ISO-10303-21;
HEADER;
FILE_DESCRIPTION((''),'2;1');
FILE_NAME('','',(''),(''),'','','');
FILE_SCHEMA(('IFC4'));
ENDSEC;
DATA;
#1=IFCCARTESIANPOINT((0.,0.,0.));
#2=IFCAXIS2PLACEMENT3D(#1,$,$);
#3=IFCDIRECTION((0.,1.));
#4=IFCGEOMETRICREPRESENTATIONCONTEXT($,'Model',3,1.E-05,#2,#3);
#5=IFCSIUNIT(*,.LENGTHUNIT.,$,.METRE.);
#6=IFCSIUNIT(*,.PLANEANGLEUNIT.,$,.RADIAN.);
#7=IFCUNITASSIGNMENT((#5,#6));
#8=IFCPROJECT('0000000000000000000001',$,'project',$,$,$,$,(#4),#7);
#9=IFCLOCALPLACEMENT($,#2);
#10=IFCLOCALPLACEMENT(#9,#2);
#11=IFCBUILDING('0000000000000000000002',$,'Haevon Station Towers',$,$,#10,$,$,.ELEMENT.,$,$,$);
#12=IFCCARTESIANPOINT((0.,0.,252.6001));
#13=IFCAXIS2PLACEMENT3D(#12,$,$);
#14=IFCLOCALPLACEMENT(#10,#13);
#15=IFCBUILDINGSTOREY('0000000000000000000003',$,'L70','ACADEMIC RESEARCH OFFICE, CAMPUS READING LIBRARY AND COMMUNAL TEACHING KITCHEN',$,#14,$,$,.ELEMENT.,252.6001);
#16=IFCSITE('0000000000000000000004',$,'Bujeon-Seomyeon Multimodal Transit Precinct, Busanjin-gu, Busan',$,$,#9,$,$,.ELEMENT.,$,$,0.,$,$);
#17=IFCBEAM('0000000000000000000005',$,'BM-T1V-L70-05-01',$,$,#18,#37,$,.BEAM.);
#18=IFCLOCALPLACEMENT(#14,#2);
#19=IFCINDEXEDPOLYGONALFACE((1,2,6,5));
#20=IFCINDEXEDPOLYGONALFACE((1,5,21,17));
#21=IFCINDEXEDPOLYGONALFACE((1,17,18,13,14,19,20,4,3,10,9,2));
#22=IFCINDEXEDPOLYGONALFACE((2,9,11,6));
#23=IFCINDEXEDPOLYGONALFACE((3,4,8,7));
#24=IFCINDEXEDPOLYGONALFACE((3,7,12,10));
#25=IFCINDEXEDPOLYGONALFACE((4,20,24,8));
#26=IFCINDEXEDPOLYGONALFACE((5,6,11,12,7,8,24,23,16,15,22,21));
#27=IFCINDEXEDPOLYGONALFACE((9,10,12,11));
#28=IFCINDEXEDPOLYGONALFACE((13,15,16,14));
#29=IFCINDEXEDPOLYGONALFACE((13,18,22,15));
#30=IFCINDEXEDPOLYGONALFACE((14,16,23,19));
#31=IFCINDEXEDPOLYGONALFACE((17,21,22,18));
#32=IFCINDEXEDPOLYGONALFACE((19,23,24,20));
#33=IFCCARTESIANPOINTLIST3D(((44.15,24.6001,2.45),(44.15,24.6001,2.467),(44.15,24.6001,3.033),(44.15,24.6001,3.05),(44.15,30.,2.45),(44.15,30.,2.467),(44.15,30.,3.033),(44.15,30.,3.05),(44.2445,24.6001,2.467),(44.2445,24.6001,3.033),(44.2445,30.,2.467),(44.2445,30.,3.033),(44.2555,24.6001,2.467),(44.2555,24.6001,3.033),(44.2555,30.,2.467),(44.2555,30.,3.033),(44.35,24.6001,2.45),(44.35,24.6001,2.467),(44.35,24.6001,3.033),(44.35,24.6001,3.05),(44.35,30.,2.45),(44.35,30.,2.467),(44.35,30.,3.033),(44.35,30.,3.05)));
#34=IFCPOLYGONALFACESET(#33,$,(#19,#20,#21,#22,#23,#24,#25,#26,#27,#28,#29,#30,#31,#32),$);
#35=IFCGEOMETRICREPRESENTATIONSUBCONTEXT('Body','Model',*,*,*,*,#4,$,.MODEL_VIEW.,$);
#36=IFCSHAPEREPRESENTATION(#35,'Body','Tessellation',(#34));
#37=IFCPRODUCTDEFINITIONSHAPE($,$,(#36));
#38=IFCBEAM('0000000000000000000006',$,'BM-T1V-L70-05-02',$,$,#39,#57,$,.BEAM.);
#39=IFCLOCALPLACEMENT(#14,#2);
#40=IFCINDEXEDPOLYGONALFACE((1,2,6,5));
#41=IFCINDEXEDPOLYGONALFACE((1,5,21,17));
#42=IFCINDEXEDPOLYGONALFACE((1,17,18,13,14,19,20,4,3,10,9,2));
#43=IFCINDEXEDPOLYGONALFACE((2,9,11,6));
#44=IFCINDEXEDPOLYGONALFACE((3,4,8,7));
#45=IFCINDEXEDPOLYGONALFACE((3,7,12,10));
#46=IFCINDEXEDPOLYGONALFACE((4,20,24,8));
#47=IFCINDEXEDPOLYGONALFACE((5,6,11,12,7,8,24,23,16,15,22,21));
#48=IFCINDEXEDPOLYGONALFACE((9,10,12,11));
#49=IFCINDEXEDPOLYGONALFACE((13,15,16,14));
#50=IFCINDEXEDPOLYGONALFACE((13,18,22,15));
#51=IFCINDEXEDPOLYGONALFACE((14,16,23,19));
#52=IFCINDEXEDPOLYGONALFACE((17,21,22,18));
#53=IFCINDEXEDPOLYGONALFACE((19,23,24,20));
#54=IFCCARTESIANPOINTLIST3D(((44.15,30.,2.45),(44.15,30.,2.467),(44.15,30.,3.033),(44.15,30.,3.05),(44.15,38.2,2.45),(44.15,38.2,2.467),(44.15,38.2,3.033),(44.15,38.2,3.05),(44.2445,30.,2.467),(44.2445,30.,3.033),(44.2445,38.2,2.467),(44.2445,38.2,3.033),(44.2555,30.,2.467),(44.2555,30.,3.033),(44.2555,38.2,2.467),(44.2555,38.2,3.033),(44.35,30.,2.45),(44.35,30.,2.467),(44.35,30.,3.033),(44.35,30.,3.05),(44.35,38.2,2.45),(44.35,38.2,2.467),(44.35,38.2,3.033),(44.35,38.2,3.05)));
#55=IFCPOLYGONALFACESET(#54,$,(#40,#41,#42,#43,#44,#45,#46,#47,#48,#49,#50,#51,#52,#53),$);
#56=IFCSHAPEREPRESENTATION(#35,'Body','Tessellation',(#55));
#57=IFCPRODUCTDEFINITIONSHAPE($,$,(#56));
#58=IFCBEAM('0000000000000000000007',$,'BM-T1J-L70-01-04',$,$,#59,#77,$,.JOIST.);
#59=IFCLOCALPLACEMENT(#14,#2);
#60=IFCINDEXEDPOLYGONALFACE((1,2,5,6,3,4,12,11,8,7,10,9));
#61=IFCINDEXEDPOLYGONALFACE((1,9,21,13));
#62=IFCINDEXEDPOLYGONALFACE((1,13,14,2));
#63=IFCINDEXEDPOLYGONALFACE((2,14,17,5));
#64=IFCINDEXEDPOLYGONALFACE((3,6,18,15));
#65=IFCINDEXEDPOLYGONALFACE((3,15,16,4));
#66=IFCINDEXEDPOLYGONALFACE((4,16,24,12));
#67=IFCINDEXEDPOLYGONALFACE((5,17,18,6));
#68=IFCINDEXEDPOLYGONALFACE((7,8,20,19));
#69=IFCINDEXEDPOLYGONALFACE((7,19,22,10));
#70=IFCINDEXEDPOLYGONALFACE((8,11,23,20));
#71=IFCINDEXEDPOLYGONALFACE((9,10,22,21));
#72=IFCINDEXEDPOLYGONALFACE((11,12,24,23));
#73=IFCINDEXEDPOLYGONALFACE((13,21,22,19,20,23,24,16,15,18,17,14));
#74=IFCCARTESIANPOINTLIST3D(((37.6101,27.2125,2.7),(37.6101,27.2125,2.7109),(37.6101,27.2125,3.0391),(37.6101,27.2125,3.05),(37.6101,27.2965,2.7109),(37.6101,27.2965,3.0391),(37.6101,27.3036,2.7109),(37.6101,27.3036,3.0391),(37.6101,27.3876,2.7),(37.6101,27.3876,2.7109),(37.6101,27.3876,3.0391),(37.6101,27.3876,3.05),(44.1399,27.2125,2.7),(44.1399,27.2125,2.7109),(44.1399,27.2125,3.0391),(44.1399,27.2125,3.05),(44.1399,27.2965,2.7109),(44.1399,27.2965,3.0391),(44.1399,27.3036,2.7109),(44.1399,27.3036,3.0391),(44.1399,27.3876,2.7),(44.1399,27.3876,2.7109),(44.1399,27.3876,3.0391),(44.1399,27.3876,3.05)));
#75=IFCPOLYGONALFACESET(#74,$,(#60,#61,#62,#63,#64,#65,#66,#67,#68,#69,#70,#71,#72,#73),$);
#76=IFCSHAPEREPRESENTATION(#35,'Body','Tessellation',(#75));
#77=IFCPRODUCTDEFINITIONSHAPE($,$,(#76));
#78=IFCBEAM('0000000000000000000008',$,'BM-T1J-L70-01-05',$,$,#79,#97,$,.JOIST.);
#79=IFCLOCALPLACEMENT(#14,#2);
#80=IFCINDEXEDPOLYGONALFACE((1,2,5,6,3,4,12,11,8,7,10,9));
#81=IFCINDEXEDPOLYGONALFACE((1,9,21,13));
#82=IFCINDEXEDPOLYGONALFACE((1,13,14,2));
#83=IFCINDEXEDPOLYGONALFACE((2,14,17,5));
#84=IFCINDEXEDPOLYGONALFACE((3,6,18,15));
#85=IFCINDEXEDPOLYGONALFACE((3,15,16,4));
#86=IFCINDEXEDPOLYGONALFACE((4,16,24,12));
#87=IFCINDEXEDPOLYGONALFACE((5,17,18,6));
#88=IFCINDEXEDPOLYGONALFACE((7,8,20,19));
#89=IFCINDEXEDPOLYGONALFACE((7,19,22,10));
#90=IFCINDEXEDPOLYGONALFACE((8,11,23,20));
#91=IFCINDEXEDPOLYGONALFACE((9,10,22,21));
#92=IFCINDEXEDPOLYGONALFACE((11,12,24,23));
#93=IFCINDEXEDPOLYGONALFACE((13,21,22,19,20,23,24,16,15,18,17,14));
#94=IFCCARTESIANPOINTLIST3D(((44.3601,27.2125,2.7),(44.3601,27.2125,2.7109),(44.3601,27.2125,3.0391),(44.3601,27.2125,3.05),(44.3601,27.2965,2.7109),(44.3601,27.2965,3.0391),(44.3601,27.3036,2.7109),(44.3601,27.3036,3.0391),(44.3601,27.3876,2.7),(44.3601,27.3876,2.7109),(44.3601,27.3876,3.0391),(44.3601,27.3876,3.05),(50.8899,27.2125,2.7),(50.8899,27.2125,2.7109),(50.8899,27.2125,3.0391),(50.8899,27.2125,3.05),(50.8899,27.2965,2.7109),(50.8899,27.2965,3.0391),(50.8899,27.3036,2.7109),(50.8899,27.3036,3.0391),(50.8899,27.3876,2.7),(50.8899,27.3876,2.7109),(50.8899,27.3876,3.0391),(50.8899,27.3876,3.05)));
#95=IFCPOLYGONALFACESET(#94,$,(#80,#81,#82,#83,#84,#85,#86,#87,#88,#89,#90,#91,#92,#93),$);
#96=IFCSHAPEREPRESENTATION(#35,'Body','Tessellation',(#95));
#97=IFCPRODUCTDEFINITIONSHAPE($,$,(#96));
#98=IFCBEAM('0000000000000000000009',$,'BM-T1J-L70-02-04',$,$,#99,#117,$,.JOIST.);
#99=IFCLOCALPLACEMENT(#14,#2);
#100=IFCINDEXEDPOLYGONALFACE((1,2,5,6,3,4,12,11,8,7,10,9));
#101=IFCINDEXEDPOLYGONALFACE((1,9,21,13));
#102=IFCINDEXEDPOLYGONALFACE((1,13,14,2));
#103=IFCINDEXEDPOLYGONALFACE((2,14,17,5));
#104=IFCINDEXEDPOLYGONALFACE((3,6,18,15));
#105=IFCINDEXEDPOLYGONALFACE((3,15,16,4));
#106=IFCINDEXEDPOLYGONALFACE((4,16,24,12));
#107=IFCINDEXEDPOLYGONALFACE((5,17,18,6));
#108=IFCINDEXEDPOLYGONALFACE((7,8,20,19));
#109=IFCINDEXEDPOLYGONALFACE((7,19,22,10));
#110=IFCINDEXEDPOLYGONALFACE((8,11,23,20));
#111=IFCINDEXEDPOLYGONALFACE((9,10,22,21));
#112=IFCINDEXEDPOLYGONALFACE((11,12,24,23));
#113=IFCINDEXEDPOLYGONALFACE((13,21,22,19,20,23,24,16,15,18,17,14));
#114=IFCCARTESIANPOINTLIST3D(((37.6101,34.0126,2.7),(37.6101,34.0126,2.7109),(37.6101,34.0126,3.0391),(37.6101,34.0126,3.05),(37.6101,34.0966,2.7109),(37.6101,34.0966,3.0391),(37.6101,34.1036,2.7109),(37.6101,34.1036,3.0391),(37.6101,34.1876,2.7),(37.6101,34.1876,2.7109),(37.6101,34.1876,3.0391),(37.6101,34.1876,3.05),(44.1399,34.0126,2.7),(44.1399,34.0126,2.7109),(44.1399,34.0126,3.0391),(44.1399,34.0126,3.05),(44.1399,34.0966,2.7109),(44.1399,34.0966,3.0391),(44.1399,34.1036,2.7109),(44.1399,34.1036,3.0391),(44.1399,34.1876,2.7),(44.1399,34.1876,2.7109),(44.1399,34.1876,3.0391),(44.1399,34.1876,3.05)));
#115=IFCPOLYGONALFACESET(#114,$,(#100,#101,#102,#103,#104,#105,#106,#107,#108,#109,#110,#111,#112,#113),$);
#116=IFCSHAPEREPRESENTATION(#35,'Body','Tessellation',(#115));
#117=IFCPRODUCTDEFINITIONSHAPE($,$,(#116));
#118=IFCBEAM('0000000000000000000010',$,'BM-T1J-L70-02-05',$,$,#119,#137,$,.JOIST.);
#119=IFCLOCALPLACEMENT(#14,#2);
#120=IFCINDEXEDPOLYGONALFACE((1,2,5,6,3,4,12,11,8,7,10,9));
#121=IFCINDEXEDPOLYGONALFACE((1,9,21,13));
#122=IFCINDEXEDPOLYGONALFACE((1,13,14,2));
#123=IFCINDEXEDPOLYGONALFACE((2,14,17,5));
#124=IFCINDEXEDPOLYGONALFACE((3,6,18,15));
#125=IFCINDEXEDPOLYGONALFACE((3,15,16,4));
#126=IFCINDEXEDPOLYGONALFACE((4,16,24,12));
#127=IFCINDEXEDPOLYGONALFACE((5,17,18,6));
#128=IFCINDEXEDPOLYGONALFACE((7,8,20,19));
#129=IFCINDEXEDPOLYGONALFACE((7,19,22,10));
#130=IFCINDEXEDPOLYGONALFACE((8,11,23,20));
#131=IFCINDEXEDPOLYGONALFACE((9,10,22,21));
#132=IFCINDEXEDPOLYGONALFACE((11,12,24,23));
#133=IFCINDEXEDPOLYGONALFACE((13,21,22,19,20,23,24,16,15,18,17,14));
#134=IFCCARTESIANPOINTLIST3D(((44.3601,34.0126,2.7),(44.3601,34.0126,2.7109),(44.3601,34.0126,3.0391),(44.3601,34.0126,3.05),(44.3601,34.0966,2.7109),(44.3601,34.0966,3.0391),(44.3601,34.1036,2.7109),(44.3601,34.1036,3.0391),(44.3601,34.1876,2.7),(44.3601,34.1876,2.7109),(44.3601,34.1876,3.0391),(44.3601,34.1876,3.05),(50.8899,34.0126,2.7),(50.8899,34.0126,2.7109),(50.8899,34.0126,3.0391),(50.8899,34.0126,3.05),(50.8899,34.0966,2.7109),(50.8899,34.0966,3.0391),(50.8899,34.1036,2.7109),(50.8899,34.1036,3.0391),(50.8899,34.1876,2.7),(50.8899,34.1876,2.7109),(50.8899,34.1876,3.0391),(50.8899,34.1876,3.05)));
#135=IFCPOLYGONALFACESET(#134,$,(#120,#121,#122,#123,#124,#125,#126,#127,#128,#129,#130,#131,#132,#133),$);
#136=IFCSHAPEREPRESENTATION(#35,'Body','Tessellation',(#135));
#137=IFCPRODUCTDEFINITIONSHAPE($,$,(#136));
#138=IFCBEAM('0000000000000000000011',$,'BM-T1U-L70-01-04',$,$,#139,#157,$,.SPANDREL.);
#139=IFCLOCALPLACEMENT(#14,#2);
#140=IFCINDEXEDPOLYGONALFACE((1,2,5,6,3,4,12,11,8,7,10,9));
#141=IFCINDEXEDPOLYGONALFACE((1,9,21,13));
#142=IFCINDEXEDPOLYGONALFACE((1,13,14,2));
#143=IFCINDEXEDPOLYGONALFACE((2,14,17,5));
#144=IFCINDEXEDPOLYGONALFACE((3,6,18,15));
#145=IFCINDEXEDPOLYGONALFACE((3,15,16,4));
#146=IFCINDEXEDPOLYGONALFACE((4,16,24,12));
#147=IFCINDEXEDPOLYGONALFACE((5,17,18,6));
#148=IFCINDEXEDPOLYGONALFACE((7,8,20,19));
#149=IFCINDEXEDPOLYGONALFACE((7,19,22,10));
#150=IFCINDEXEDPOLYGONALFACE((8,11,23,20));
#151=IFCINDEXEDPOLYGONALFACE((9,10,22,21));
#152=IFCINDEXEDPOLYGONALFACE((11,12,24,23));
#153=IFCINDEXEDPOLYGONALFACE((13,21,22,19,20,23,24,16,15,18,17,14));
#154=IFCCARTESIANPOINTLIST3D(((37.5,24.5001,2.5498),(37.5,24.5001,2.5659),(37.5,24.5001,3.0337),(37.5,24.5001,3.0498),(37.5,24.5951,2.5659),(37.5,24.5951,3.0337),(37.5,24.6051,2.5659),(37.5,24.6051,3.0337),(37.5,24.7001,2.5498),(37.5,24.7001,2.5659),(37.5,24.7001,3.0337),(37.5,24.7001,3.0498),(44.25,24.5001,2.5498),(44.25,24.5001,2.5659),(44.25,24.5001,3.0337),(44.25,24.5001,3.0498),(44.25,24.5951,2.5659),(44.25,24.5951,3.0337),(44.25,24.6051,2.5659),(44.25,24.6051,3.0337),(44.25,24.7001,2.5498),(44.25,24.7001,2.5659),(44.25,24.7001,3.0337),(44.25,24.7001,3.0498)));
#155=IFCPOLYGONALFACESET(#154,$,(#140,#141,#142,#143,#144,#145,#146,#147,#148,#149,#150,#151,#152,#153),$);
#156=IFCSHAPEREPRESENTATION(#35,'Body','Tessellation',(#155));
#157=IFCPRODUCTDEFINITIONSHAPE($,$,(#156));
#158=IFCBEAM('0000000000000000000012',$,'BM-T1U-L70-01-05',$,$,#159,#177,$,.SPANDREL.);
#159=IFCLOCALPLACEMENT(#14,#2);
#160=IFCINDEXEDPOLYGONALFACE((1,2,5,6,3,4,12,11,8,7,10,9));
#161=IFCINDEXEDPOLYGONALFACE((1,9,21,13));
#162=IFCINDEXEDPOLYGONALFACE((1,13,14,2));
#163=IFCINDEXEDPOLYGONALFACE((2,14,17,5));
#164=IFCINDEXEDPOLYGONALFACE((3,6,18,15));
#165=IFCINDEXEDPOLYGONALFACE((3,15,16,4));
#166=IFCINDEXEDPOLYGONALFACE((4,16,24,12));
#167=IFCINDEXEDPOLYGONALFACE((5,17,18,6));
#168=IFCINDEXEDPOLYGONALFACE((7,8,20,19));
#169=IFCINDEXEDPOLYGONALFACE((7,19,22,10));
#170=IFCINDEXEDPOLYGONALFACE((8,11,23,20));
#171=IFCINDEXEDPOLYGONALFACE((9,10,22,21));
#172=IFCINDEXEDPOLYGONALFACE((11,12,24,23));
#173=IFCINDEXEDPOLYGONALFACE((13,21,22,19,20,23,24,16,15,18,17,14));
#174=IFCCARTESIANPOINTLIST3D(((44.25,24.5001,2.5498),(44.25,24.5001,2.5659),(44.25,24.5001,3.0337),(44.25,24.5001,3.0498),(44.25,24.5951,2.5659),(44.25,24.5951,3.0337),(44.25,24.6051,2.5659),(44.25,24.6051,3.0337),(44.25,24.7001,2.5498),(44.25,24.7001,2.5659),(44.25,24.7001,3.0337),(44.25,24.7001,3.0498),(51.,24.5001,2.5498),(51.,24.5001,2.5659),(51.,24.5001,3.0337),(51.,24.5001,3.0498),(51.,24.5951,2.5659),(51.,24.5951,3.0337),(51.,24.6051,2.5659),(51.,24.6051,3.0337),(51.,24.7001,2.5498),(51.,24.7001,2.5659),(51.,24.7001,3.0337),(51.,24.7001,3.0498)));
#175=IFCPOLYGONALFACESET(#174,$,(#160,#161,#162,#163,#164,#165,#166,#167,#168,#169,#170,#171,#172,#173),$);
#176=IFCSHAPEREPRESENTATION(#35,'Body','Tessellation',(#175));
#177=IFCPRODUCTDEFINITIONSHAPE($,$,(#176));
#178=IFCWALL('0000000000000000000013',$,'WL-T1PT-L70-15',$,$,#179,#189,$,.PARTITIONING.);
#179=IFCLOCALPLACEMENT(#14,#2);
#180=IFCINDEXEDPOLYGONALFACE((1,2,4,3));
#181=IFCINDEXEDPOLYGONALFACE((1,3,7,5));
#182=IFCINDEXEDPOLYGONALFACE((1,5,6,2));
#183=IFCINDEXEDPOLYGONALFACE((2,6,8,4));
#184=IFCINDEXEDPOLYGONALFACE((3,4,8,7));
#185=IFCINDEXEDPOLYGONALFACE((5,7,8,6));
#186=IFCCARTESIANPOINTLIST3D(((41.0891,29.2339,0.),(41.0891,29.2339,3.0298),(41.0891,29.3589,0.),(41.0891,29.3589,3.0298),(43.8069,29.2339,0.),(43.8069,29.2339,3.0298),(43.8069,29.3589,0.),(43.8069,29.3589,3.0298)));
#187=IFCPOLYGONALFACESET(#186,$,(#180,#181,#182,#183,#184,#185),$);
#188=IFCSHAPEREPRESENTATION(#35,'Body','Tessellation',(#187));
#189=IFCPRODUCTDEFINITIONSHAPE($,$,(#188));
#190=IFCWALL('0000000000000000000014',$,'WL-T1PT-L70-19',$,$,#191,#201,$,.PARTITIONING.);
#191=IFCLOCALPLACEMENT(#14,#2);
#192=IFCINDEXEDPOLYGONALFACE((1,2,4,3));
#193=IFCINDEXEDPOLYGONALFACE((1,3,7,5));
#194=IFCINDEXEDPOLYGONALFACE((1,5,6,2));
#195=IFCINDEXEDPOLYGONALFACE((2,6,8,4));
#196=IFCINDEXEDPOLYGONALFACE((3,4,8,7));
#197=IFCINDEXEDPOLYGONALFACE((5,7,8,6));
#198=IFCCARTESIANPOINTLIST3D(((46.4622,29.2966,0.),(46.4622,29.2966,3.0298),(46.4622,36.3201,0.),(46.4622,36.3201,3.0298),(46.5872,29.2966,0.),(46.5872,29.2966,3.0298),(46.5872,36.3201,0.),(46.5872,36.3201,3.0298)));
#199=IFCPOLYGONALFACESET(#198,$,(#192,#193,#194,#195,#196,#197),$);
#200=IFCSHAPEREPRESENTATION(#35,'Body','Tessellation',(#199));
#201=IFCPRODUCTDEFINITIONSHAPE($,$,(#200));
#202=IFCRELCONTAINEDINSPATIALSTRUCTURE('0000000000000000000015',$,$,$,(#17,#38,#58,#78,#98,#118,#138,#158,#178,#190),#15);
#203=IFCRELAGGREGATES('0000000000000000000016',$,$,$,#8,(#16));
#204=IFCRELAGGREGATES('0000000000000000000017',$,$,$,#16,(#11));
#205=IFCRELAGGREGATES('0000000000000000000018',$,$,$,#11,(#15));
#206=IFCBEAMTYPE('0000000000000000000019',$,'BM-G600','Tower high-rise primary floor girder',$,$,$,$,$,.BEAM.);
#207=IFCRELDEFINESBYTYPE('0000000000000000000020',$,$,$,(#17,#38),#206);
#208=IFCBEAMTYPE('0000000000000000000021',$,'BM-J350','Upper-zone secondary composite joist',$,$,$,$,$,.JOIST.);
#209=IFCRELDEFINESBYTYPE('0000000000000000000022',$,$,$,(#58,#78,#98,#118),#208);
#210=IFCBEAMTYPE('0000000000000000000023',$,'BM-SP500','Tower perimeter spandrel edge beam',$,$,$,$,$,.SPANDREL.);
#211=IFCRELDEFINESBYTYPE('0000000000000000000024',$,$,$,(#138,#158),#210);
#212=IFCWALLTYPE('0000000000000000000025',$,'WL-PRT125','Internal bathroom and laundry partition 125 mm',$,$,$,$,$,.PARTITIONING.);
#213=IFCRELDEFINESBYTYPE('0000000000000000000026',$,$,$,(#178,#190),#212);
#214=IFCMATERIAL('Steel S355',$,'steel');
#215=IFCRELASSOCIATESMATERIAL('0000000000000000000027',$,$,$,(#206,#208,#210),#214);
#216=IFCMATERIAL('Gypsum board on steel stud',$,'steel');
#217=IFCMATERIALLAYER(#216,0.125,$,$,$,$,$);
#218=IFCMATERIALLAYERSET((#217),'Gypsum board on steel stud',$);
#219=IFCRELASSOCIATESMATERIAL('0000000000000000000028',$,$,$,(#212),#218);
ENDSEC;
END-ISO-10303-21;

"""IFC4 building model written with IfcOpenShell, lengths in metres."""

from ifc_helpers import new_model, si_unit, direction, frame, frame_2d, origin, origin_2d, place, context, subcontext, project, spatial, rectangle, i_section, extrude, material, layer, layer_set, material_profile, profile_set, type_object, element, save


model = new_model("IFC4")

# Units and contexts
model_context = context("Model", 3, precision=1e-05, world=origin(), true_north=direction((0.0, 1.0)))
body_context = subcontext(model_context, "Body", "Model", "MODEL_VIEW")
ifc_project = project(units=[si_unit("LENGTHUNIT", "METRE"), si_unit("PLANEANGLEUNIT", "RADIAN")], contexts=[model_context])

# Site, building, storey
site_placement = place(None, origin())
site = spatial("IfcSite", under=ifc_project, at=site_placement, Name="Bujeon-Seomyeon Multimodal Transit Precinct, Busanjin-gu, Busan", CompositionType="ELEMENT", RefElevation=0.0)
building_placement = place(site_placement, origin())
building = spatial("IfcBuilding", under=site, at=building_placement, Name="Haevon Station Towers", CompositionType="ELEMENT")
storey_placement = place(building_placement, frame((0.0, 0.0, 252.6001)))
storey = spatial("IfcBuildingStorey", under=building, at=storey_placement, Name="L70", Description="ACADEMIC RESEARCH OFFICE, CAMPUS READING LIBRARY AND COMMUNAL TEACHING KITCHEN", CompositionType="ELEMENT", Elevation=252.6001)

# Shared definitions
ifc_material_1 = material(Name="Steel S355", Category="steel")

# Beams
ifc_material_profile_1 = material_profile(ifc_material_1, i_section(OverallWidth=0.2, OverallDepth=0.6001, WebThickness=0.011, FlangeThickness=0.0171, at=origin_2d()), Name="H-600x200x11x17")
ifc_profile_set_1 = profile_set([ifc_material_profile_1], Name="Steel S355")
beam_type_1 = type_object("IfcBeamType", Name="BM-G600", Description="Tower high-rise primary floor girder", PredefinedType="BEAM", material=ifc_profile_set_1)
beam_1_placement = place(storey_placement, frame((44.25, 24.6001, 2.75), z_axis=(0.0, 1.0, 0.0), x_axis=(-1.0, 0.0, 0.0)))
element("IfcBeam", 1, at=beam_1_placement, inside=storey, type_object=beam_type_1, Name="BM-T1V-L70-05-01", PredefinedType="BEAM", context=body_context, shape_type="SweptSolid", body=[
    extrude(i_section(OverallWidth=0.2, OverallDepth=0.6001, WebThickness=0.011, FlangeThickness=0.0171, at=origin_2d()), origin(), (0.0, 0.0, 1.0), 5.3999),
])
beam_2_placement = place(storey_placement, frame((44.25, 30.0, 2.75), z_axis=(0.0, 1.0, 0.0), x_axis=(-1.0, 0.0, 0.0)))
element("IfcBeam", 2, at=beam_2_placement, inside=storey, type_object=beam_type_1, Name="BM-T1V-L70-05-02", PredefinedType="BEAM", context=body_context, shape_type="SweptSolid", body=[
    extrude(i_section(OverallWidth=0.2, OverallDepth=0.6001, WebThickness=0.011, FlangeThickness=0.0171, at=origin_2d()), origin(), (0.0, 0.0, 1.0), 8.2),
])
ifc_material_profile_2 = material_profile(ifc_material_1, i_section(OverallWidth=0.175, OverallDepth=0.3501, WebThickness=0.0071, FlangeThickness=0.011, at=origin_2d()), Name="H-350x175x7x11")
ifc_profile_set_2 = profile_set([ifc_material_profile_2], Name="Steel S355")
beam_type_2 = type_object("IfcBeamType", Name="BM-J350", Description="Upper-zone secondary composite joist", PredefinedType="JOIST", material=ifc_profile_set_2)
for number, where, z_axis, x_axis, name in (
    (3, (37.6101, 27.3, 2.875), (1.0, 0.0, 0.0), (0.0, 1.0, 0.0), "BM-T1J-L70-01-04"),
    (4, (44.3601, 27.3, 2.875), (1.0, 0.0, 0.0), (0.0, 1.0, 0.0), "BM-T1J-L70-01-05"),
    (5, (37.6101, 34.1001, 2.875), (1.0, 0.0, 0.0), (0.0, 1.0, 0.0), "BM-T1J-L70-02-04"),
    (6, (44.3601, 34.1001, 2.875), (1.0, 0.0, 0.0), (0.0, 1.0, 0.0), "BM-T1J-L70-02-05"),
):
    element("IfcBeam", number, at=place(storey_placement, frame(where, z_axis=z_axis, x_axis=x_axis)), inside=storey, type_object=beam_type_2, Name=name, PredefinedType="JOIST", context=body_context, shape_type="SweptSolid", body=[
        extrude(i_section(OverallWidth=0.175, OverallDepth=0.3501, WebThickness=0.0071, FlangeThickness=0.011, at=origin_2d()), origin(), (0.0, 0.0, 1.0), 6.5298),
    ])
ifc_material_profile_3 = material_profile(ifc_material_1, i_section(OverallWidth=0.2, OverallDepth=0.5, WebThickness=0.01, FlangeThickness=0.0161, at=origin_2d()), Name="H-500x200x10x16")
ifc_profile_set_3 = profile_set([ifc_material_profile_3], Name="Steel S355")
beam_type_3 = type_object("IfcBeamType", Name="BM-SP500", Description="Tower perimeter spandrel edge beam", PredefinedType="SPANDREL", material=ifc_profile_set_3)
for number, where, z_axis, x_axis, name in (
    (7, (37.5, 24.6001, 2.7998), (1.0, 0.0, 0.0), (0.0, 1.0, 0.0), "BM-T1U-L70-01-04"),
    (8, (44.25, 24.6001, 2.7998), (1.0, 0.0, 0.0), (0.0, 1.0, 0.0), "BM-T1U-L70-01-05"),
):
    element("IfcBeam", number, at=place(storey_placement, frame(where, z_axis=z_axis, x_axis=x_axis)), inside=storey, type_object=beam_type_3, Name=name, PredefinedType="SPANDREL", context=body_context, shape_type="SweptSolid", body=[
        extrude(i_section(OverallWidth=0.2, OverallDepth=0.5, WebThickness=0.01, FlangeThickness=0.0161, at=origin_2d()), origin(), (0.0, 0.0, 1.0), 6.75),
    ])

# Walls
ifc_material_2 = material(Name="Gypsum board on steel stud", Category="steel")
ifc_layer_1 = layer(ifc_material_2, 0.125)
ifc_layer_set_1 = layer_set([ifc_layer_1], Name="Gypsum board on steel stud")
wall_type_1 = type_object("IfcWallType", Name="WL-PRT125", Description="Internal bathroom and laundry partition 125 mm", PredefinedType="PARTITIONING", material=ifc_layer_set_1)
wall_1_placement = place(storey_placement, frame((41.0891, 29.2964, 0.0), z_axis=(0.0, 0.0, 1.0), x_axis=(1.0, 0.0, 0.0)))
element("IfcWall", 9, at=wall_1_placement, inside=storey, type_object=wall_type_1, Name="WL-T1PT-L70-15", PredefinedType="PARTITIONING", context=body_context, shape_type="SweptSolid", body=[
    extrude(rectangle(XDim=2.7178, YDim=0.125, at=frame_2d((1.3589, 0.0))), origin(), (0.0, 0.0, 1.0), 3.0298),
])
wall_2_placement = place(storey_placement, frame((46.5247, 29.2966, 0.0), z_axis=(0.0, 0.0, 1.0), x_axis=(0.0, 1.0, 0.0)))
element("IfcWall", 10, at=wall_2_placement, inside=storey, type_object=wall_type_1, Name="WL-T1PT-L70-19", PredefinedType="PARTITIONING", context=body_context, shape_type="SweptSolid", body=[
    extrude(rectangle(XDim=7.0234, YDim=0.125, at=frame_2d((3.5117, 0.0))), origin(), (0.0, 0.0, 1.0), 3.0298),
])

save(model, "model.ifc")
